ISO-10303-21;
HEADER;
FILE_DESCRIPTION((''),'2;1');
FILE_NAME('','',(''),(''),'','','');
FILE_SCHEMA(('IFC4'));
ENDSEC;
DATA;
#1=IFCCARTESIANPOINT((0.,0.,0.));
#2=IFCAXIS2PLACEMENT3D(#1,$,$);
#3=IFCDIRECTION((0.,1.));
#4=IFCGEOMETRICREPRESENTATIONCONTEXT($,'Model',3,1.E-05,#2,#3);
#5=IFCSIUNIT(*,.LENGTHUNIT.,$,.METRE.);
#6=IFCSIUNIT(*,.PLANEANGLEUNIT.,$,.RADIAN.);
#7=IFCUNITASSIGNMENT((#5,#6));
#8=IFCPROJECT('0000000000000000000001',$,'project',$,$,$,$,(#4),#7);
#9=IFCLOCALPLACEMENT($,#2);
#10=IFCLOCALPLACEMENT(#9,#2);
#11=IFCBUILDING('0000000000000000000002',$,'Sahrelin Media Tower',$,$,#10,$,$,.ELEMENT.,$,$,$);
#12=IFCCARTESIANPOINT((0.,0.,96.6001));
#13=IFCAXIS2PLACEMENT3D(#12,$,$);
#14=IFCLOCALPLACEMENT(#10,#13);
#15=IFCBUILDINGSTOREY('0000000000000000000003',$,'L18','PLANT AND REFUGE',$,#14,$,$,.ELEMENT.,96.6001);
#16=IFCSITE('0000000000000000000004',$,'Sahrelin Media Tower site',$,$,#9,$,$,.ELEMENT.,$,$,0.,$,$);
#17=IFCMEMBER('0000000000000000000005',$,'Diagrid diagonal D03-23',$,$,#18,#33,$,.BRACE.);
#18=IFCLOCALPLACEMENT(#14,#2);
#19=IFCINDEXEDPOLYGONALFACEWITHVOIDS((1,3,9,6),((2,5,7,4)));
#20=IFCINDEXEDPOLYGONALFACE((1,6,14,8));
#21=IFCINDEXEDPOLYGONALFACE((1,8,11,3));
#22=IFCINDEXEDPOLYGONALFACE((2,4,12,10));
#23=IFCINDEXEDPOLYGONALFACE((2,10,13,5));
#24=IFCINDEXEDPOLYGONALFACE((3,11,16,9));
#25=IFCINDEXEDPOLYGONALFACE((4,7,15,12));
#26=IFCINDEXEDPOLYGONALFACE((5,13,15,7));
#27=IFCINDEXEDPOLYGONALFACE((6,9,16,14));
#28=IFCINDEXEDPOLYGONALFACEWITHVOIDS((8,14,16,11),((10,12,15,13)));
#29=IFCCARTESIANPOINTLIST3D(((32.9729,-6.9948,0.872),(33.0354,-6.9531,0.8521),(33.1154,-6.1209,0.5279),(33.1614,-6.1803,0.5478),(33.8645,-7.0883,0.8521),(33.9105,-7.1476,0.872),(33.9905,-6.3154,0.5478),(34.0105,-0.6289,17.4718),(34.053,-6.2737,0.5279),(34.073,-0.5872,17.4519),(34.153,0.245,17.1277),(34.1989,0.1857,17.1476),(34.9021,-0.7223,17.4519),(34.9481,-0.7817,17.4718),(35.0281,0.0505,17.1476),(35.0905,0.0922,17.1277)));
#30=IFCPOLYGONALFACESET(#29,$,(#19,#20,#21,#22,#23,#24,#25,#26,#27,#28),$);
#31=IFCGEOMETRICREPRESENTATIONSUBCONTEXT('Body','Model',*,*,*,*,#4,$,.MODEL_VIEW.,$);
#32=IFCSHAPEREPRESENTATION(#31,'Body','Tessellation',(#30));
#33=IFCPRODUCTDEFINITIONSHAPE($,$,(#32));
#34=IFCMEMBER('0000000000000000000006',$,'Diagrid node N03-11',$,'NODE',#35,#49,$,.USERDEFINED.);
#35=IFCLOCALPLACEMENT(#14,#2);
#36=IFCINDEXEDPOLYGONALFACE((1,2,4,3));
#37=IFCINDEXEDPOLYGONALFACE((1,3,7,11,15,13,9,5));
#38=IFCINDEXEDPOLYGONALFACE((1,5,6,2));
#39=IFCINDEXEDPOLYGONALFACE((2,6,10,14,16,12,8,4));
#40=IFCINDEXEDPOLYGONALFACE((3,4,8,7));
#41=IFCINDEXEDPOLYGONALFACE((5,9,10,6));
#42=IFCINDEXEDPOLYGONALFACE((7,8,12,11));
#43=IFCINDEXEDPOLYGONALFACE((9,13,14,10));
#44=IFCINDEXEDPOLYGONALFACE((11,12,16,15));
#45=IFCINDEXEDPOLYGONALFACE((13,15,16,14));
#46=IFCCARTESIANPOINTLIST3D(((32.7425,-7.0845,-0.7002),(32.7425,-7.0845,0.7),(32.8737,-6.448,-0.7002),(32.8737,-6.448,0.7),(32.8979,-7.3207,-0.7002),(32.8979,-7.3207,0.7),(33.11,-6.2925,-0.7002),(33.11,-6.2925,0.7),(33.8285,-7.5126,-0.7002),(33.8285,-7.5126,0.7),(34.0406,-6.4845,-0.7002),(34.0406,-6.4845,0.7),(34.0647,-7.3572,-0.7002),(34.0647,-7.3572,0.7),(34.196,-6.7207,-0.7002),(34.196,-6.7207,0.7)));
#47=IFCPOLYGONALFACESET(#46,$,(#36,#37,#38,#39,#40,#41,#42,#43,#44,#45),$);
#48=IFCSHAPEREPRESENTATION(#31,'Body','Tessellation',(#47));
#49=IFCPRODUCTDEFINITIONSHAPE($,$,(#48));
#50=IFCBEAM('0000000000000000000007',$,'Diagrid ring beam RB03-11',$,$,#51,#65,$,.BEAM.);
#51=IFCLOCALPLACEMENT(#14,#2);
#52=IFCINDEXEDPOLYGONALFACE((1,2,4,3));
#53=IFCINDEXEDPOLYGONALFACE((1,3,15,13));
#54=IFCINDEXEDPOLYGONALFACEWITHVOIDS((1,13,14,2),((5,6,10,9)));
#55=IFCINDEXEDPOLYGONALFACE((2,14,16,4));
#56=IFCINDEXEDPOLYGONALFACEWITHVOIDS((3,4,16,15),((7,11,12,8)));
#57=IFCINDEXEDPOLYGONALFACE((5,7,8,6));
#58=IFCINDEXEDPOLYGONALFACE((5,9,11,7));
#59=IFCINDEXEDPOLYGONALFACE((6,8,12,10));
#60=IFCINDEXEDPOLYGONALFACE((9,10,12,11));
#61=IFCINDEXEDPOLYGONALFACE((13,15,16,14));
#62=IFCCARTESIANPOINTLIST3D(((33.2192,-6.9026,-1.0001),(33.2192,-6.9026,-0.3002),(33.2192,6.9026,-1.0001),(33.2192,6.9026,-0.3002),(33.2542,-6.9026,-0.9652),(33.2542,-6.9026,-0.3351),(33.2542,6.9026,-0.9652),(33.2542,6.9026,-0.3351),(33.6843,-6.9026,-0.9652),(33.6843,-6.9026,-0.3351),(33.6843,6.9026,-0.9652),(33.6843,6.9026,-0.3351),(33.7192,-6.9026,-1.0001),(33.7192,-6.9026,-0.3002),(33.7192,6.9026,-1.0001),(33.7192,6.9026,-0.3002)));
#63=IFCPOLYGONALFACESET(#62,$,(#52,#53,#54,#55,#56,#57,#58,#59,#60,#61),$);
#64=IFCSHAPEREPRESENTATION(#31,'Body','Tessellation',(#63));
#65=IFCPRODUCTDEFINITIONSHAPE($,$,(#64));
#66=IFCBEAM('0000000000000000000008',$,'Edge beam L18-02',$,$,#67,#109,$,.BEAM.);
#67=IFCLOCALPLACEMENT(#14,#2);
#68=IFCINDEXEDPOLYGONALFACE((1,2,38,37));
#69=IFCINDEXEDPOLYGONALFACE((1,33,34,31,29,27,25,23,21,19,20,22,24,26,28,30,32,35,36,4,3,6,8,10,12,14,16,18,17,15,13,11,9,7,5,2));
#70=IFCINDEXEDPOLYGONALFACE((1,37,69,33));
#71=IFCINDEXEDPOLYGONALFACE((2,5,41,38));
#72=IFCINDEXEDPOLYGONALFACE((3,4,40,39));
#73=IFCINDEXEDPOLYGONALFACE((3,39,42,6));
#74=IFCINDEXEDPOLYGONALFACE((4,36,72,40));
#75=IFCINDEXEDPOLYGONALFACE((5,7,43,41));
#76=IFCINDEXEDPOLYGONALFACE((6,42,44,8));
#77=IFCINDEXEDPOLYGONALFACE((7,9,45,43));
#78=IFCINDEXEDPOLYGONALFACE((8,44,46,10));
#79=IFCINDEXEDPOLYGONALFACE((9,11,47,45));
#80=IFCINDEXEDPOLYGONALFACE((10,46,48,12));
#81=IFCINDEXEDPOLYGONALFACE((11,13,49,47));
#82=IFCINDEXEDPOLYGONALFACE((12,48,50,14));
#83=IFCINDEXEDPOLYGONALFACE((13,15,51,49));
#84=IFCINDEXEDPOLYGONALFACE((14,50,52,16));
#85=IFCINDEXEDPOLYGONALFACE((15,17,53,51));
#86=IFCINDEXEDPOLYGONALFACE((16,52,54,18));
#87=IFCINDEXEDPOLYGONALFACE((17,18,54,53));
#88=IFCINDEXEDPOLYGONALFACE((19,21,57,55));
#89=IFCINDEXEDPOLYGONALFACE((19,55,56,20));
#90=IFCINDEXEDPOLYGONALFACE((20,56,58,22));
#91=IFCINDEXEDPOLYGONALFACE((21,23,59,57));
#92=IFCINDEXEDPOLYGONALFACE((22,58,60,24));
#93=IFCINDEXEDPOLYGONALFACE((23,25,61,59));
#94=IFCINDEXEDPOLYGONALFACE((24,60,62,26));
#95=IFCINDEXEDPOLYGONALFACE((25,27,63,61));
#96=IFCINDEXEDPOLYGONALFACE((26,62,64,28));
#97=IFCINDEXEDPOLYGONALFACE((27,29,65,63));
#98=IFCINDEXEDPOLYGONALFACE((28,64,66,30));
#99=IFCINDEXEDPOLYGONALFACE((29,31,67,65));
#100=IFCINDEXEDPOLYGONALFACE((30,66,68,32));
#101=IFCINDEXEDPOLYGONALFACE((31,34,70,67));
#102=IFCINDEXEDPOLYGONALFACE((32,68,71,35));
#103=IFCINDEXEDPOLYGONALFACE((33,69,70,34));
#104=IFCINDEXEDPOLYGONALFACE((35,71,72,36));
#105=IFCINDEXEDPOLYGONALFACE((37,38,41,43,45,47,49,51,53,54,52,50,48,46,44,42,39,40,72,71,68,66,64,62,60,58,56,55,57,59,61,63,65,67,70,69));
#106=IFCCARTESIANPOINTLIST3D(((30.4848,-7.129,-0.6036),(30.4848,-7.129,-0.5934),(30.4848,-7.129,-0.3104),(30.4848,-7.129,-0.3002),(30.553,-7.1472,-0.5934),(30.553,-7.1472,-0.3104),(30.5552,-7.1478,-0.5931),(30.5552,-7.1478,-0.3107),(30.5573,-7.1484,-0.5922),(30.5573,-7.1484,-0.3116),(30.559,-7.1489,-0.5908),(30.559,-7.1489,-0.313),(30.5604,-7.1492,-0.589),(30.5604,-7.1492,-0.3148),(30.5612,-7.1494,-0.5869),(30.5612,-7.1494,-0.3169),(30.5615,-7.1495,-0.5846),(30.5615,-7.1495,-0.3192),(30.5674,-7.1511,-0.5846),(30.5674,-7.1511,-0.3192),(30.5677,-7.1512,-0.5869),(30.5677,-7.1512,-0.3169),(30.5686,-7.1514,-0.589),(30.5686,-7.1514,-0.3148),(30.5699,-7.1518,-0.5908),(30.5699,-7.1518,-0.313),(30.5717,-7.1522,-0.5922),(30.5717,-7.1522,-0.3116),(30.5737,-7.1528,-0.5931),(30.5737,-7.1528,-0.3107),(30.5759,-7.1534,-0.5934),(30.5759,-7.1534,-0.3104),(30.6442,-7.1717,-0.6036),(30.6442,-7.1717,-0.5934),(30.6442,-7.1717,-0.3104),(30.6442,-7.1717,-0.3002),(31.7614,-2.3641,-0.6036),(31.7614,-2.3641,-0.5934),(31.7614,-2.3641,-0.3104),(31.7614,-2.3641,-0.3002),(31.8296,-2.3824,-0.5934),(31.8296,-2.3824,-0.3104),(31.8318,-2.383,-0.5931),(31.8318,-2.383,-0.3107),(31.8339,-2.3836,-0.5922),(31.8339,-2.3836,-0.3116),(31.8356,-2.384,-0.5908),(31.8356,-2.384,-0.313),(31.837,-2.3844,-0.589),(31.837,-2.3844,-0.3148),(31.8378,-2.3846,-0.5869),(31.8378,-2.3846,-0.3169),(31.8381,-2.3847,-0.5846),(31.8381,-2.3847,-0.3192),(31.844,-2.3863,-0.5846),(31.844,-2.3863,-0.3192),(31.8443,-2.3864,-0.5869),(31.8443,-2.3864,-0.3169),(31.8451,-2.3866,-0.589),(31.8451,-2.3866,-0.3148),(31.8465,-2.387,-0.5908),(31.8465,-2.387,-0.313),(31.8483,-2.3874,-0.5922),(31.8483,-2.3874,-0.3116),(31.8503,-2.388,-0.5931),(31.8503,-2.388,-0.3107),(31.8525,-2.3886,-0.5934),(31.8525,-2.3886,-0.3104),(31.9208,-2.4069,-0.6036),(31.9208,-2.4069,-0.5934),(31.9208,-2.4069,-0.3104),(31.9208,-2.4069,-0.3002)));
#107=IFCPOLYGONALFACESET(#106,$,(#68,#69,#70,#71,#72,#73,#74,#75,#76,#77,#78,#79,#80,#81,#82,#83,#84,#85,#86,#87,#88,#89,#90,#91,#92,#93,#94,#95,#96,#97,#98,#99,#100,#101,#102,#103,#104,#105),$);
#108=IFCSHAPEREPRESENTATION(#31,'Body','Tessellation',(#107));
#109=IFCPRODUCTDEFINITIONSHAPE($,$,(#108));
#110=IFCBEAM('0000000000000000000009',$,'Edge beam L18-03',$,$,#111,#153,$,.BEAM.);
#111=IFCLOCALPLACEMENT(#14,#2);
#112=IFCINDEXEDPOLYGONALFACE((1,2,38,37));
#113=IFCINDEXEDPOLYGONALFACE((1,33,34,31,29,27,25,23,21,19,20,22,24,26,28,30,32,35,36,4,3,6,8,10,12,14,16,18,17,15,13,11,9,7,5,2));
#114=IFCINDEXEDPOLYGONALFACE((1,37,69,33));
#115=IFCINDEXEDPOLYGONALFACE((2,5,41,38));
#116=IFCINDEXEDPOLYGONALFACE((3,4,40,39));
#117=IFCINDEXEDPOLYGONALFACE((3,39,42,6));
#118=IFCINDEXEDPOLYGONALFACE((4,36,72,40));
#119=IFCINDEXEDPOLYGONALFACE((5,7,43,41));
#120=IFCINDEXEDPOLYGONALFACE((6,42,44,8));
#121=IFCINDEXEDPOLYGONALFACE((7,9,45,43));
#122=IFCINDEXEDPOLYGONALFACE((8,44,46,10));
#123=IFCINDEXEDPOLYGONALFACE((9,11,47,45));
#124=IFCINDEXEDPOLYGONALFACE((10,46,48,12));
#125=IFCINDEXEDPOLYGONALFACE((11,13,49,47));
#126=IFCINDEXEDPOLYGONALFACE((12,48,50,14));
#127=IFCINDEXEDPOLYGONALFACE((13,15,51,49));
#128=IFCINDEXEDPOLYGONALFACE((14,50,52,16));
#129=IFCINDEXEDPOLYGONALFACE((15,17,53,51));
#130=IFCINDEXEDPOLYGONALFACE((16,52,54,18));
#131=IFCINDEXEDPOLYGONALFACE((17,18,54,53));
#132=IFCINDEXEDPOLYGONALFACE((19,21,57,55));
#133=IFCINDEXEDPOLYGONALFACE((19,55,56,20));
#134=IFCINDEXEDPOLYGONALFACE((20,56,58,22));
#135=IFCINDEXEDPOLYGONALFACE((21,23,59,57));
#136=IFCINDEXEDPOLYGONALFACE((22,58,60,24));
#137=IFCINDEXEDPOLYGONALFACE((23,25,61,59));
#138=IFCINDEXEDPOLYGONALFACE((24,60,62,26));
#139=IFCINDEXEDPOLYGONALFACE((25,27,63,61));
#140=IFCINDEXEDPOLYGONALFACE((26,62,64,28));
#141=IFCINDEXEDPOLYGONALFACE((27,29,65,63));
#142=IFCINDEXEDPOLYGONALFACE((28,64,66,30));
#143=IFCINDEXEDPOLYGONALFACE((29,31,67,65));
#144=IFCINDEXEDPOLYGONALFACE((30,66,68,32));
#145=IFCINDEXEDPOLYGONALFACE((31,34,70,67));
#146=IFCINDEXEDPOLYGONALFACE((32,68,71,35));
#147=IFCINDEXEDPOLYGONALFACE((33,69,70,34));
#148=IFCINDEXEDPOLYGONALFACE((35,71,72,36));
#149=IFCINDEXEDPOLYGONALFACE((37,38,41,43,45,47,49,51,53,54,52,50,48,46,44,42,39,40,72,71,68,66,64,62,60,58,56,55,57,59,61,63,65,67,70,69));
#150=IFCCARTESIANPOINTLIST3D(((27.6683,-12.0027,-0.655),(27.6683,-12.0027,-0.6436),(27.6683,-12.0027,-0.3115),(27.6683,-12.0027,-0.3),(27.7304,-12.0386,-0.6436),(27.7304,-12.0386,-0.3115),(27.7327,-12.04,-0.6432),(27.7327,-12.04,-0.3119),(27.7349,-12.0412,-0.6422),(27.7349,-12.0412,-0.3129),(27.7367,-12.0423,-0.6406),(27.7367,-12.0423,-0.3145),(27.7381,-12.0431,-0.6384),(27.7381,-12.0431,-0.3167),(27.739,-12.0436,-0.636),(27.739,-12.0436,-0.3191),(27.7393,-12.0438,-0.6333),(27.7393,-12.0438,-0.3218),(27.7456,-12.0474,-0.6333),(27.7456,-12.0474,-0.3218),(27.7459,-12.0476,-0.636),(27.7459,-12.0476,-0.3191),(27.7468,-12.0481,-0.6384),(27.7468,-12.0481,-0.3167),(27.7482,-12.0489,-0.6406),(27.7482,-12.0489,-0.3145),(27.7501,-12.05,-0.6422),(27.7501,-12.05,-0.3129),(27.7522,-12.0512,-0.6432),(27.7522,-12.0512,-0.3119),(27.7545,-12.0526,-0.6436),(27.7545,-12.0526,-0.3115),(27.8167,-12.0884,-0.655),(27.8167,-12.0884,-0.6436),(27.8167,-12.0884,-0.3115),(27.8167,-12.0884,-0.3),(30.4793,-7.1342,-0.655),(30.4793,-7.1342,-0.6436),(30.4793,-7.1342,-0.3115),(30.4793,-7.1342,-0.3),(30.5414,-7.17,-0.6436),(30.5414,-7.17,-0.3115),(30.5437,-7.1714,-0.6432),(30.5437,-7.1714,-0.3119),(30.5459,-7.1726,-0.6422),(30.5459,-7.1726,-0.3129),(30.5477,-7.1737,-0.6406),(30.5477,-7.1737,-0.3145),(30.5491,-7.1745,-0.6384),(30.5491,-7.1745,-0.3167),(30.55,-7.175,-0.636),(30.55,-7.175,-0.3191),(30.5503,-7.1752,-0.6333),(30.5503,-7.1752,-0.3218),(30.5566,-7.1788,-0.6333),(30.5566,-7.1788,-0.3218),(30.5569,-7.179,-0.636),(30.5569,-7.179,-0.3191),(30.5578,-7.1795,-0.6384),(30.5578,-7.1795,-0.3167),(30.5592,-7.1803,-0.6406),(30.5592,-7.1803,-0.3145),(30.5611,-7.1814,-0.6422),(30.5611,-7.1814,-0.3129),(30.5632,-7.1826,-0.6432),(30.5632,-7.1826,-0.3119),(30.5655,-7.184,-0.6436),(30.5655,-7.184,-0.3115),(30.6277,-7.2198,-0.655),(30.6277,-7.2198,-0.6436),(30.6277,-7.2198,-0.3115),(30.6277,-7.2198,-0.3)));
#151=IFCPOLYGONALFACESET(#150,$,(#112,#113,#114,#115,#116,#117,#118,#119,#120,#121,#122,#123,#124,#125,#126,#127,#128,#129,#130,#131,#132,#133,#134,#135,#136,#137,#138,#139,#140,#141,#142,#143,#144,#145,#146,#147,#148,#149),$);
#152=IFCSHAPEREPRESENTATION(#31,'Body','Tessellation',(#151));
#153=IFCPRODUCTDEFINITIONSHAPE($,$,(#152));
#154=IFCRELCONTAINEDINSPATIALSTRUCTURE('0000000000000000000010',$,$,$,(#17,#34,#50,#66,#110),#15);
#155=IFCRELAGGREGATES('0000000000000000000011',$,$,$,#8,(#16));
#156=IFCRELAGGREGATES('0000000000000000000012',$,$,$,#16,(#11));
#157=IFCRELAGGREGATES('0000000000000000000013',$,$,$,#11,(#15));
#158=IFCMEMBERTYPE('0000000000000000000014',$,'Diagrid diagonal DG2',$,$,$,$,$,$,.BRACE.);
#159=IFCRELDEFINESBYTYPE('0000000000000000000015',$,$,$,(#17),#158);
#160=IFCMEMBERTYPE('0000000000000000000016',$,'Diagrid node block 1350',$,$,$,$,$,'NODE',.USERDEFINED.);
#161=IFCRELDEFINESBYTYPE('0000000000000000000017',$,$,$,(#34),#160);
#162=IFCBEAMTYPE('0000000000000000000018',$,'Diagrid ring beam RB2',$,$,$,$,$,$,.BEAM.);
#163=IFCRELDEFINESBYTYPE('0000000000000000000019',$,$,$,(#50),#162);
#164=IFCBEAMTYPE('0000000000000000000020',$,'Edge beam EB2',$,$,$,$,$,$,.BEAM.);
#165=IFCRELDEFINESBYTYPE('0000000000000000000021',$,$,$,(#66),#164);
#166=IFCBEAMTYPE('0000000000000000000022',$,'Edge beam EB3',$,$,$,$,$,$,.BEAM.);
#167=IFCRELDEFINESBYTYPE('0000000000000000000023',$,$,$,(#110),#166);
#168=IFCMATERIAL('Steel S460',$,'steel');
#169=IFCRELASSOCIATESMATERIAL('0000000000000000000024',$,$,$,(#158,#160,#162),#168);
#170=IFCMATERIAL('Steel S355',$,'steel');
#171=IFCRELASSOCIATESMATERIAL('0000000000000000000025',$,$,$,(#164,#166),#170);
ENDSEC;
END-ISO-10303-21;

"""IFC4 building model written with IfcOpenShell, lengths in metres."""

from ifc_helpers import new_model, si_unit, direction, frame, origin, origin_2d, place, context, subcontext, project, spatial, polyline, hollow_rectangle, i_section, outline, extrude, material, material_profile, profile_set, type_object, element, save


model = new_model("IFC4")

# Units and contexts
model_context = context("Model", 3, precision=1e-05, world=origin(), true_north=direction((0.0, 1.0)))
body_context = subcontext(model_context, "Body", "Model", "MODEL_VIEW")
ifc_project = project(units=[si_unit("LENGTHUNIT", "METRE"), si_unit("PLANEANGLEUNIT", "RADIAN")], contexts=[model_context])

# Site, building, storey
site_placement = place(None, origin())
site = spatial("IfcSite", under=ifc_project, at=site_placement, Name="Sahrelin Media Tower site", CompositionType="ELEMENT", RefElevation=0.0)
building_placement = place(site_placement, origin())
building = spatial("IfcBuilding", under=site, at=building_placement, Name="Sahrelin Media Tower", CompositionType="ELEMENT")
storey_placement = place(building_placement, frame((0.0, 0.0, 96.6001)))
storey = spatial("IfcBuildingStorey", under=building, at=storey_placement, Name="L18", Description="PLANT AND REFUGE", CompositionType="ELEMENT", Elevation=96.6001)

# Members
ifc_material_1 = material(Name="Steel S460", Category="steel")
ifc_material_profile_1 = material_profile(ifc_material_1, hollow_rectangle(XDim=0.95, YDim=0.95, WallThickness=0.0549, at=origin_2d()), Name="Diagrid diagonal DG2")
ifc_profile_set_1 = profile_set([ifc_material_profile_1], Name="Steel S460")
member_type_1 = type_object("IfcMemberType", Name="Diagrid diagonal DG2", PredefinedType="BRACE", material=ifc_profile_set_1)
member_1_placement = place(storey_placement, frame((33.5129, -6.6343, 0.7), z_axis=(0.058263, 0.35746, 0.932109), x_axis=(-0.986976, 0.160869, 0.0)))
element("IfcMember", 1, at=member_1_placement, inside=storey, type_object=member_type_1, Name="Diagrid diagonal D03-23", PredefinedType="BRACE", context=body_context, shape_type="SweptSolid", body=[
    extrude(hollow_rectangle(XDim=0.95, YDim=0.95, WallThickness=0.0549, at=origin_2d()), origin(), (0.0, 0.0, 1.0), 17.8088),
])
ifc_material_profile_2 = material_profile(ifc_material_1, outline(polyline([(0.4751, -0.5249), (0.675, -0.325), (0.675, 0.325), (0.4751, 0.5249), (-0.4751, 0.5249), (-0.675, 0.325), (-0.675, -0.325), (-0.4751, -0.5249), (0.4751, -0.5249)])), Name="Diagrid node block 1350")
ifc_profile_set_2 = profile_set([ifc_material_profile_2], Name="Steel S460")
member_type_2 = type_object("IfcMemberType", Name="Diagrid node block 1350", ElementType="NODE", PredefinedType="USERDEFINED", material=ifc_profile_set_2)
member_2_placement = place(storey_placement, frame((33.4692, -6.9026, -0.7002), z_axis=(0.0, 0.0, 1.0), x_axis=(0.979388, -0.201989, 0.0)))
element("IfcMember", 2, at=member_2_placement, inside=storey, type_object=member_type_2, Name="Diagrid node N03-11", ObjectType="NODE", PredefinedType="USERDEFINED", context=body_context, shape_type="SweptSolid", body=[
    extrude(outline(polyline([(0.4751, -0.5249), (0.675, -0.325), (0.675, 0.325), (0.4751, 0.5249), (-0.4751, 0.5249), (-0.675, 0.325), (-0.675, -0.325), (-0.4751, -0.5249), (0.4751, -0.5249)])), origin(), (0.0, 0.0, 1.0), 1.4001),
])

# Beams
ifc_material_profile_3 = material_profile(ifc_material_1, hollow_rectangle(XDim=0.5, YDim=0.7, WallThickness=0.0349, at=origin_2d()), Name="Diagrid ring beam RB2")
ifc_profile_set_3 = profile_set([ifc_material_profile_3], Name="Steel S460")
beam_type_1 = type_object("IfcBeamType", Name="Diagrid ring beam RB2", PredefinedType="BEAM", material=ifc_profile_set_3)
beam_1_placement = place(storey_placement, frame((33.4692, -6.9026, -0.6501), z_axis=(0.0, 1.0, 0.0), x_axis=(-1.0, 0.0, 0.0)))
element("IfcBeam", 3, at=beam_1_placement, inside=storey, type_object=beam_type_1, Name="Diagrid ring beam RB03-11", PredefinedType="BEAM", context=body_context, shape_type="SweptSolid", body=[
    extrude(hollow_rectangle(XDim=0.5, YDim=0.7, WallThickness=0.0349, at=origin_2d()), origin(), (0.0, 0.0, 1.0), 13.8052),
])
ifc_material_2 = material(Name="Steel S355", Category="steel")
ifc_material_profile_4 = material_profile(ifc_material_2, i_section(OverallWidth=0.165, OverallDepth=0.3035, WebThickness=0.0061, FlangeThickness=0.0103, FilletRadius=0.0088, at=origin_2d()), Name="UB 305x165x40")
ifc_profile_set_4 = profile_set([ifc_material_profile_4], Name="Steel S355")
beam_type_2 = type_object("IfcBeamType", Name="Edge beam EB2", PredefinedType="BEAM", material=ifc_profile_set_4)
beam_2_placement = place(storey_placement, frame((31.8411, -2.3855, -0.4519), z_axis=(-0.258793, -0.965933, 0.0), x_axis=(0.965933, -0.258793, 0.0)))
element("IfcBeam", 4, at=beam_2_placement, inside=storey, type_object=beam_type_2, Name="Edge beam L18-02", PredefinedType="BEAM", context=body_context, shape_type="SweptSolid", body=[
    extrude(i_section(OverallWidth=0.165, OverallDepth=0.3035, WebThickness=0.0061, FlangeThickness=0.0103, FilletRadius=0.0088, at=origin_2d()), origin(), (0.0, 0.0, 1.0), 4.9329),
])
ifc_material_profile_5 = material_profile(ifc_material_2, i_section(OverallWidth=0.1714, OverallDepth=0.355, WebThickness=0.0073, FlangeThickness=0.0115, FilletRadius=0.0103, at=origin_2d()), Name="UB 356x171x51")
ifc_profile_set_5 = profile_set([ifc_material_profile_5], Name="Steel S355")
beam_type_3 = type_object("IfcBeamType", Name="Edge beam EB3", PredefinedType="BEAM", material=ifc_profile_set_5)
beam_3_placement = place(storey_placement, frame((30.5535, -7.177, -0.4775), z_axis=(-0.500016, -0.866016, 0.0), x_axis=(0.866016, -0.500016, 0.0)))
element("IfcBeam", 5, at=beam_3_placement, inside=storey, type_object=beam_type_3, Name="Edge beam L18-03", PredefinedType="BEAM", context=body_context, shape_type="SweptSolid", body=[
    extrude(i_section(OverallWidth=0.1714, OverallDepth=0.355, WebThickness=0.0073, FlangeThickness=0.0115, FilletRadius=0.0103, at=origin_2d()), origin(), (0.0, 0.0, 1.0), 5.6218),
])

save(model, "model.ifc")
